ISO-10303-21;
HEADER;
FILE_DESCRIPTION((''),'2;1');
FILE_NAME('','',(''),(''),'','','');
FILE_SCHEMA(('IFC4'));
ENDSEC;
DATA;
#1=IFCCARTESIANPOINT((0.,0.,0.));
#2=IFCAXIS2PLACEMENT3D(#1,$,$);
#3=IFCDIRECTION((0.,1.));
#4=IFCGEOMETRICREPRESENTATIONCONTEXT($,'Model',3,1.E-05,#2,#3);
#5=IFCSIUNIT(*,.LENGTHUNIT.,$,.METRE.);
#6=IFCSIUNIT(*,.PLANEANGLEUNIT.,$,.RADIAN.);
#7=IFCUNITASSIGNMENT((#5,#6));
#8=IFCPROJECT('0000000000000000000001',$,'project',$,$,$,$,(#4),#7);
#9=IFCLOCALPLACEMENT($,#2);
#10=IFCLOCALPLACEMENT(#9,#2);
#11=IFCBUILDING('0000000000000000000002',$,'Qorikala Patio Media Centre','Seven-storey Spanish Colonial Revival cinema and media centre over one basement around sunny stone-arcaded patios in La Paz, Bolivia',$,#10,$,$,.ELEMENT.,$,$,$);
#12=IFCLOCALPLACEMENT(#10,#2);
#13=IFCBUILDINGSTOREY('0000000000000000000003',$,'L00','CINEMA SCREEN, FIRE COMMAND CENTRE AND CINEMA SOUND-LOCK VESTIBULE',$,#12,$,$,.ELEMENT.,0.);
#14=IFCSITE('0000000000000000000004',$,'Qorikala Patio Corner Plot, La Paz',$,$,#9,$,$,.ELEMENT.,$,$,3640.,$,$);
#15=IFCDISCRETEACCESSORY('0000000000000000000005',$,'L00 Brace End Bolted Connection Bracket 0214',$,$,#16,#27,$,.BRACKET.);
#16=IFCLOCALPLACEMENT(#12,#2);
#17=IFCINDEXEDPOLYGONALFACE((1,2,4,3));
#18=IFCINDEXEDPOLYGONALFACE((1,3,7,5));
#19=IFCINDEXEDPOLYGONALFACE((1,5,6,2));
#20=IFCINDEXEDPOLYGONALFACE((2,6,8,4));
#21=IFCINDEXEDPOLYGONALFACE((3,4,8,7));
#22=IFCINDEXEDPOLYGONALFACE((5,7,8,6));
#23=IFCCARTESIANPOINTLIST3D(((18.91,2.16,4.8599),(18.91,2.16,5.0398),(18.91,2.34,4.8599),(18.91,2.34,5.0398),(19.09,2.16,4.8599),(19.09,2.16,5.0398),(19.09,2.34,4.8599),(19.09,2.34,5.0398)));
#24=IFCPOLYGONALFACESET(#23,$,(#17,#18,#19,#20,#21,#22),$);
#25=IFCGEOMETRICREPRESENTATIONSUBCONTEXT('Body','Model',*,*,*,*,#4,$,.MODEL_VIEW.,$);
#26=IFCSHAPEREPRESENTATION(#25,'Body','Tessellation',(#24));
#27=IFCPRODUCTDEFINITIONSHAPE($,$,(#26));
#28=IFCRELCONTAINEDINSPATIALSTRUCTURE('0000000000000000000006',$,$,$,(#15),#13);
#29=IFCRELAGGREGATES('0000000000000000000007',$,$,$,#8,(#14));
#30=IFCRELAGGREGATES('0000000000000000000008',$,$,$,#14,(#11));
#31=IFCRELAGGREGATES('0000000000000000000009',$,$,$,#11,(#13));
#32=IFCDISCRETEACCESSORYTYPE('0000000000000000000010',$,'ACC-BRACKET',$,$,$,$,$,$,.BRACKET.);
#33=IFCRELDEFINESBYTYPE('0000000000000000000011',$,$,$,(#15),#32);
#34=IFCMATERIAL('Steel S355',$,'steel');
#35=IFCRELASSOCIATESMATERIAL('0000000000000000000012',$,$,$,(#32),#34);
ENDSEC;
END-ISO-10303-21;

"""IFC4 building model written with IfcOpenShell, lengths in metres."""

from ifc_helpers import new_model, si_unit, direction, frame, origin, origin_2d, place, context, subcontext, project, spatial, rectangle, extrude, material, type_object, element, save


model = new_model("IFC4")

# Units and contexts
model_context = context("Model", 3, precision=1e-05, world=origin(), true_north=direction((0.0, 1.0)))
body_context = subcontext(model_context, "Body", "Model", "MODEL_VIEW")
ifc_project = project(units=[si_unit("LENGTHUNIT", "METRE"), si_unit("PLANEANGLEUNIT", "RADIAN")], contexts=[model_context])

# Site, building, storey
site_placement = place(None, origin())
site = spatial("IfcSite", under=ifc_project, at=site_placement, Name="Qorikala Patio Corner Plot, La Paz", CompositionType="ELEMENT", RefElevation=3640.0)
building_placement = place(site_placement, origin())
building = spatial("IfcBuilding", under=site, at=building_placement, Name="Qorikala Patio Media Centre", Description="Seven-storey Spanish Colonial Revival cinema and media centre over one basement around sunny stone-arcaded patios in La Paz, Bolivia", CompositionType="ELEMENT")
storey_placement = place(building_placement, origin())
storey = spatial("IfcBuildingStorey", under=building, at=storey_placement, Name="L00", Description="CINEMA SCREEN, FIRE COMMAND CENTRE AND CINEMA SOUND-LOCK VESTIBULE", CompositionType="ELEMENT", Elevation=0.0)

# Shared definitions
ifc_material_1 = material(Name="Steel S355", Category="steel")

# Discrete accessory
discrete_accessory_type = type_object("IfcDiscreteAccessoryType", Name="ACC-BRACKET", PredefinedType="BRACKET", material=ifc_material_1)
for number, where, z_axis, x_axis, name in (
    (1, (19.0, 2.25, 4.8599), (0.0, 0.0, 1.0), (1.0, 0.0, 0.0), "L00 Brace End Bolted Connection Bracket 0214"),
):
    element("IfcDiscreteAccessory", number, at=place(storey_placement, frame(where, z_axis=z_axis, x_axis=x_axis)), inside=storey, type_object=discrete_accessory_type, Name=name, PredefinedType="BRACKET", context=body_context, shape_type="SweptSolid", body=[
        extrude(rectangle(XDim=0.1799, YDim=0.1799, at=origin_2d()), origin(), (0.0, 0.0, 1.0), 0.1799),
    ])

save(model, "model.ifc")
